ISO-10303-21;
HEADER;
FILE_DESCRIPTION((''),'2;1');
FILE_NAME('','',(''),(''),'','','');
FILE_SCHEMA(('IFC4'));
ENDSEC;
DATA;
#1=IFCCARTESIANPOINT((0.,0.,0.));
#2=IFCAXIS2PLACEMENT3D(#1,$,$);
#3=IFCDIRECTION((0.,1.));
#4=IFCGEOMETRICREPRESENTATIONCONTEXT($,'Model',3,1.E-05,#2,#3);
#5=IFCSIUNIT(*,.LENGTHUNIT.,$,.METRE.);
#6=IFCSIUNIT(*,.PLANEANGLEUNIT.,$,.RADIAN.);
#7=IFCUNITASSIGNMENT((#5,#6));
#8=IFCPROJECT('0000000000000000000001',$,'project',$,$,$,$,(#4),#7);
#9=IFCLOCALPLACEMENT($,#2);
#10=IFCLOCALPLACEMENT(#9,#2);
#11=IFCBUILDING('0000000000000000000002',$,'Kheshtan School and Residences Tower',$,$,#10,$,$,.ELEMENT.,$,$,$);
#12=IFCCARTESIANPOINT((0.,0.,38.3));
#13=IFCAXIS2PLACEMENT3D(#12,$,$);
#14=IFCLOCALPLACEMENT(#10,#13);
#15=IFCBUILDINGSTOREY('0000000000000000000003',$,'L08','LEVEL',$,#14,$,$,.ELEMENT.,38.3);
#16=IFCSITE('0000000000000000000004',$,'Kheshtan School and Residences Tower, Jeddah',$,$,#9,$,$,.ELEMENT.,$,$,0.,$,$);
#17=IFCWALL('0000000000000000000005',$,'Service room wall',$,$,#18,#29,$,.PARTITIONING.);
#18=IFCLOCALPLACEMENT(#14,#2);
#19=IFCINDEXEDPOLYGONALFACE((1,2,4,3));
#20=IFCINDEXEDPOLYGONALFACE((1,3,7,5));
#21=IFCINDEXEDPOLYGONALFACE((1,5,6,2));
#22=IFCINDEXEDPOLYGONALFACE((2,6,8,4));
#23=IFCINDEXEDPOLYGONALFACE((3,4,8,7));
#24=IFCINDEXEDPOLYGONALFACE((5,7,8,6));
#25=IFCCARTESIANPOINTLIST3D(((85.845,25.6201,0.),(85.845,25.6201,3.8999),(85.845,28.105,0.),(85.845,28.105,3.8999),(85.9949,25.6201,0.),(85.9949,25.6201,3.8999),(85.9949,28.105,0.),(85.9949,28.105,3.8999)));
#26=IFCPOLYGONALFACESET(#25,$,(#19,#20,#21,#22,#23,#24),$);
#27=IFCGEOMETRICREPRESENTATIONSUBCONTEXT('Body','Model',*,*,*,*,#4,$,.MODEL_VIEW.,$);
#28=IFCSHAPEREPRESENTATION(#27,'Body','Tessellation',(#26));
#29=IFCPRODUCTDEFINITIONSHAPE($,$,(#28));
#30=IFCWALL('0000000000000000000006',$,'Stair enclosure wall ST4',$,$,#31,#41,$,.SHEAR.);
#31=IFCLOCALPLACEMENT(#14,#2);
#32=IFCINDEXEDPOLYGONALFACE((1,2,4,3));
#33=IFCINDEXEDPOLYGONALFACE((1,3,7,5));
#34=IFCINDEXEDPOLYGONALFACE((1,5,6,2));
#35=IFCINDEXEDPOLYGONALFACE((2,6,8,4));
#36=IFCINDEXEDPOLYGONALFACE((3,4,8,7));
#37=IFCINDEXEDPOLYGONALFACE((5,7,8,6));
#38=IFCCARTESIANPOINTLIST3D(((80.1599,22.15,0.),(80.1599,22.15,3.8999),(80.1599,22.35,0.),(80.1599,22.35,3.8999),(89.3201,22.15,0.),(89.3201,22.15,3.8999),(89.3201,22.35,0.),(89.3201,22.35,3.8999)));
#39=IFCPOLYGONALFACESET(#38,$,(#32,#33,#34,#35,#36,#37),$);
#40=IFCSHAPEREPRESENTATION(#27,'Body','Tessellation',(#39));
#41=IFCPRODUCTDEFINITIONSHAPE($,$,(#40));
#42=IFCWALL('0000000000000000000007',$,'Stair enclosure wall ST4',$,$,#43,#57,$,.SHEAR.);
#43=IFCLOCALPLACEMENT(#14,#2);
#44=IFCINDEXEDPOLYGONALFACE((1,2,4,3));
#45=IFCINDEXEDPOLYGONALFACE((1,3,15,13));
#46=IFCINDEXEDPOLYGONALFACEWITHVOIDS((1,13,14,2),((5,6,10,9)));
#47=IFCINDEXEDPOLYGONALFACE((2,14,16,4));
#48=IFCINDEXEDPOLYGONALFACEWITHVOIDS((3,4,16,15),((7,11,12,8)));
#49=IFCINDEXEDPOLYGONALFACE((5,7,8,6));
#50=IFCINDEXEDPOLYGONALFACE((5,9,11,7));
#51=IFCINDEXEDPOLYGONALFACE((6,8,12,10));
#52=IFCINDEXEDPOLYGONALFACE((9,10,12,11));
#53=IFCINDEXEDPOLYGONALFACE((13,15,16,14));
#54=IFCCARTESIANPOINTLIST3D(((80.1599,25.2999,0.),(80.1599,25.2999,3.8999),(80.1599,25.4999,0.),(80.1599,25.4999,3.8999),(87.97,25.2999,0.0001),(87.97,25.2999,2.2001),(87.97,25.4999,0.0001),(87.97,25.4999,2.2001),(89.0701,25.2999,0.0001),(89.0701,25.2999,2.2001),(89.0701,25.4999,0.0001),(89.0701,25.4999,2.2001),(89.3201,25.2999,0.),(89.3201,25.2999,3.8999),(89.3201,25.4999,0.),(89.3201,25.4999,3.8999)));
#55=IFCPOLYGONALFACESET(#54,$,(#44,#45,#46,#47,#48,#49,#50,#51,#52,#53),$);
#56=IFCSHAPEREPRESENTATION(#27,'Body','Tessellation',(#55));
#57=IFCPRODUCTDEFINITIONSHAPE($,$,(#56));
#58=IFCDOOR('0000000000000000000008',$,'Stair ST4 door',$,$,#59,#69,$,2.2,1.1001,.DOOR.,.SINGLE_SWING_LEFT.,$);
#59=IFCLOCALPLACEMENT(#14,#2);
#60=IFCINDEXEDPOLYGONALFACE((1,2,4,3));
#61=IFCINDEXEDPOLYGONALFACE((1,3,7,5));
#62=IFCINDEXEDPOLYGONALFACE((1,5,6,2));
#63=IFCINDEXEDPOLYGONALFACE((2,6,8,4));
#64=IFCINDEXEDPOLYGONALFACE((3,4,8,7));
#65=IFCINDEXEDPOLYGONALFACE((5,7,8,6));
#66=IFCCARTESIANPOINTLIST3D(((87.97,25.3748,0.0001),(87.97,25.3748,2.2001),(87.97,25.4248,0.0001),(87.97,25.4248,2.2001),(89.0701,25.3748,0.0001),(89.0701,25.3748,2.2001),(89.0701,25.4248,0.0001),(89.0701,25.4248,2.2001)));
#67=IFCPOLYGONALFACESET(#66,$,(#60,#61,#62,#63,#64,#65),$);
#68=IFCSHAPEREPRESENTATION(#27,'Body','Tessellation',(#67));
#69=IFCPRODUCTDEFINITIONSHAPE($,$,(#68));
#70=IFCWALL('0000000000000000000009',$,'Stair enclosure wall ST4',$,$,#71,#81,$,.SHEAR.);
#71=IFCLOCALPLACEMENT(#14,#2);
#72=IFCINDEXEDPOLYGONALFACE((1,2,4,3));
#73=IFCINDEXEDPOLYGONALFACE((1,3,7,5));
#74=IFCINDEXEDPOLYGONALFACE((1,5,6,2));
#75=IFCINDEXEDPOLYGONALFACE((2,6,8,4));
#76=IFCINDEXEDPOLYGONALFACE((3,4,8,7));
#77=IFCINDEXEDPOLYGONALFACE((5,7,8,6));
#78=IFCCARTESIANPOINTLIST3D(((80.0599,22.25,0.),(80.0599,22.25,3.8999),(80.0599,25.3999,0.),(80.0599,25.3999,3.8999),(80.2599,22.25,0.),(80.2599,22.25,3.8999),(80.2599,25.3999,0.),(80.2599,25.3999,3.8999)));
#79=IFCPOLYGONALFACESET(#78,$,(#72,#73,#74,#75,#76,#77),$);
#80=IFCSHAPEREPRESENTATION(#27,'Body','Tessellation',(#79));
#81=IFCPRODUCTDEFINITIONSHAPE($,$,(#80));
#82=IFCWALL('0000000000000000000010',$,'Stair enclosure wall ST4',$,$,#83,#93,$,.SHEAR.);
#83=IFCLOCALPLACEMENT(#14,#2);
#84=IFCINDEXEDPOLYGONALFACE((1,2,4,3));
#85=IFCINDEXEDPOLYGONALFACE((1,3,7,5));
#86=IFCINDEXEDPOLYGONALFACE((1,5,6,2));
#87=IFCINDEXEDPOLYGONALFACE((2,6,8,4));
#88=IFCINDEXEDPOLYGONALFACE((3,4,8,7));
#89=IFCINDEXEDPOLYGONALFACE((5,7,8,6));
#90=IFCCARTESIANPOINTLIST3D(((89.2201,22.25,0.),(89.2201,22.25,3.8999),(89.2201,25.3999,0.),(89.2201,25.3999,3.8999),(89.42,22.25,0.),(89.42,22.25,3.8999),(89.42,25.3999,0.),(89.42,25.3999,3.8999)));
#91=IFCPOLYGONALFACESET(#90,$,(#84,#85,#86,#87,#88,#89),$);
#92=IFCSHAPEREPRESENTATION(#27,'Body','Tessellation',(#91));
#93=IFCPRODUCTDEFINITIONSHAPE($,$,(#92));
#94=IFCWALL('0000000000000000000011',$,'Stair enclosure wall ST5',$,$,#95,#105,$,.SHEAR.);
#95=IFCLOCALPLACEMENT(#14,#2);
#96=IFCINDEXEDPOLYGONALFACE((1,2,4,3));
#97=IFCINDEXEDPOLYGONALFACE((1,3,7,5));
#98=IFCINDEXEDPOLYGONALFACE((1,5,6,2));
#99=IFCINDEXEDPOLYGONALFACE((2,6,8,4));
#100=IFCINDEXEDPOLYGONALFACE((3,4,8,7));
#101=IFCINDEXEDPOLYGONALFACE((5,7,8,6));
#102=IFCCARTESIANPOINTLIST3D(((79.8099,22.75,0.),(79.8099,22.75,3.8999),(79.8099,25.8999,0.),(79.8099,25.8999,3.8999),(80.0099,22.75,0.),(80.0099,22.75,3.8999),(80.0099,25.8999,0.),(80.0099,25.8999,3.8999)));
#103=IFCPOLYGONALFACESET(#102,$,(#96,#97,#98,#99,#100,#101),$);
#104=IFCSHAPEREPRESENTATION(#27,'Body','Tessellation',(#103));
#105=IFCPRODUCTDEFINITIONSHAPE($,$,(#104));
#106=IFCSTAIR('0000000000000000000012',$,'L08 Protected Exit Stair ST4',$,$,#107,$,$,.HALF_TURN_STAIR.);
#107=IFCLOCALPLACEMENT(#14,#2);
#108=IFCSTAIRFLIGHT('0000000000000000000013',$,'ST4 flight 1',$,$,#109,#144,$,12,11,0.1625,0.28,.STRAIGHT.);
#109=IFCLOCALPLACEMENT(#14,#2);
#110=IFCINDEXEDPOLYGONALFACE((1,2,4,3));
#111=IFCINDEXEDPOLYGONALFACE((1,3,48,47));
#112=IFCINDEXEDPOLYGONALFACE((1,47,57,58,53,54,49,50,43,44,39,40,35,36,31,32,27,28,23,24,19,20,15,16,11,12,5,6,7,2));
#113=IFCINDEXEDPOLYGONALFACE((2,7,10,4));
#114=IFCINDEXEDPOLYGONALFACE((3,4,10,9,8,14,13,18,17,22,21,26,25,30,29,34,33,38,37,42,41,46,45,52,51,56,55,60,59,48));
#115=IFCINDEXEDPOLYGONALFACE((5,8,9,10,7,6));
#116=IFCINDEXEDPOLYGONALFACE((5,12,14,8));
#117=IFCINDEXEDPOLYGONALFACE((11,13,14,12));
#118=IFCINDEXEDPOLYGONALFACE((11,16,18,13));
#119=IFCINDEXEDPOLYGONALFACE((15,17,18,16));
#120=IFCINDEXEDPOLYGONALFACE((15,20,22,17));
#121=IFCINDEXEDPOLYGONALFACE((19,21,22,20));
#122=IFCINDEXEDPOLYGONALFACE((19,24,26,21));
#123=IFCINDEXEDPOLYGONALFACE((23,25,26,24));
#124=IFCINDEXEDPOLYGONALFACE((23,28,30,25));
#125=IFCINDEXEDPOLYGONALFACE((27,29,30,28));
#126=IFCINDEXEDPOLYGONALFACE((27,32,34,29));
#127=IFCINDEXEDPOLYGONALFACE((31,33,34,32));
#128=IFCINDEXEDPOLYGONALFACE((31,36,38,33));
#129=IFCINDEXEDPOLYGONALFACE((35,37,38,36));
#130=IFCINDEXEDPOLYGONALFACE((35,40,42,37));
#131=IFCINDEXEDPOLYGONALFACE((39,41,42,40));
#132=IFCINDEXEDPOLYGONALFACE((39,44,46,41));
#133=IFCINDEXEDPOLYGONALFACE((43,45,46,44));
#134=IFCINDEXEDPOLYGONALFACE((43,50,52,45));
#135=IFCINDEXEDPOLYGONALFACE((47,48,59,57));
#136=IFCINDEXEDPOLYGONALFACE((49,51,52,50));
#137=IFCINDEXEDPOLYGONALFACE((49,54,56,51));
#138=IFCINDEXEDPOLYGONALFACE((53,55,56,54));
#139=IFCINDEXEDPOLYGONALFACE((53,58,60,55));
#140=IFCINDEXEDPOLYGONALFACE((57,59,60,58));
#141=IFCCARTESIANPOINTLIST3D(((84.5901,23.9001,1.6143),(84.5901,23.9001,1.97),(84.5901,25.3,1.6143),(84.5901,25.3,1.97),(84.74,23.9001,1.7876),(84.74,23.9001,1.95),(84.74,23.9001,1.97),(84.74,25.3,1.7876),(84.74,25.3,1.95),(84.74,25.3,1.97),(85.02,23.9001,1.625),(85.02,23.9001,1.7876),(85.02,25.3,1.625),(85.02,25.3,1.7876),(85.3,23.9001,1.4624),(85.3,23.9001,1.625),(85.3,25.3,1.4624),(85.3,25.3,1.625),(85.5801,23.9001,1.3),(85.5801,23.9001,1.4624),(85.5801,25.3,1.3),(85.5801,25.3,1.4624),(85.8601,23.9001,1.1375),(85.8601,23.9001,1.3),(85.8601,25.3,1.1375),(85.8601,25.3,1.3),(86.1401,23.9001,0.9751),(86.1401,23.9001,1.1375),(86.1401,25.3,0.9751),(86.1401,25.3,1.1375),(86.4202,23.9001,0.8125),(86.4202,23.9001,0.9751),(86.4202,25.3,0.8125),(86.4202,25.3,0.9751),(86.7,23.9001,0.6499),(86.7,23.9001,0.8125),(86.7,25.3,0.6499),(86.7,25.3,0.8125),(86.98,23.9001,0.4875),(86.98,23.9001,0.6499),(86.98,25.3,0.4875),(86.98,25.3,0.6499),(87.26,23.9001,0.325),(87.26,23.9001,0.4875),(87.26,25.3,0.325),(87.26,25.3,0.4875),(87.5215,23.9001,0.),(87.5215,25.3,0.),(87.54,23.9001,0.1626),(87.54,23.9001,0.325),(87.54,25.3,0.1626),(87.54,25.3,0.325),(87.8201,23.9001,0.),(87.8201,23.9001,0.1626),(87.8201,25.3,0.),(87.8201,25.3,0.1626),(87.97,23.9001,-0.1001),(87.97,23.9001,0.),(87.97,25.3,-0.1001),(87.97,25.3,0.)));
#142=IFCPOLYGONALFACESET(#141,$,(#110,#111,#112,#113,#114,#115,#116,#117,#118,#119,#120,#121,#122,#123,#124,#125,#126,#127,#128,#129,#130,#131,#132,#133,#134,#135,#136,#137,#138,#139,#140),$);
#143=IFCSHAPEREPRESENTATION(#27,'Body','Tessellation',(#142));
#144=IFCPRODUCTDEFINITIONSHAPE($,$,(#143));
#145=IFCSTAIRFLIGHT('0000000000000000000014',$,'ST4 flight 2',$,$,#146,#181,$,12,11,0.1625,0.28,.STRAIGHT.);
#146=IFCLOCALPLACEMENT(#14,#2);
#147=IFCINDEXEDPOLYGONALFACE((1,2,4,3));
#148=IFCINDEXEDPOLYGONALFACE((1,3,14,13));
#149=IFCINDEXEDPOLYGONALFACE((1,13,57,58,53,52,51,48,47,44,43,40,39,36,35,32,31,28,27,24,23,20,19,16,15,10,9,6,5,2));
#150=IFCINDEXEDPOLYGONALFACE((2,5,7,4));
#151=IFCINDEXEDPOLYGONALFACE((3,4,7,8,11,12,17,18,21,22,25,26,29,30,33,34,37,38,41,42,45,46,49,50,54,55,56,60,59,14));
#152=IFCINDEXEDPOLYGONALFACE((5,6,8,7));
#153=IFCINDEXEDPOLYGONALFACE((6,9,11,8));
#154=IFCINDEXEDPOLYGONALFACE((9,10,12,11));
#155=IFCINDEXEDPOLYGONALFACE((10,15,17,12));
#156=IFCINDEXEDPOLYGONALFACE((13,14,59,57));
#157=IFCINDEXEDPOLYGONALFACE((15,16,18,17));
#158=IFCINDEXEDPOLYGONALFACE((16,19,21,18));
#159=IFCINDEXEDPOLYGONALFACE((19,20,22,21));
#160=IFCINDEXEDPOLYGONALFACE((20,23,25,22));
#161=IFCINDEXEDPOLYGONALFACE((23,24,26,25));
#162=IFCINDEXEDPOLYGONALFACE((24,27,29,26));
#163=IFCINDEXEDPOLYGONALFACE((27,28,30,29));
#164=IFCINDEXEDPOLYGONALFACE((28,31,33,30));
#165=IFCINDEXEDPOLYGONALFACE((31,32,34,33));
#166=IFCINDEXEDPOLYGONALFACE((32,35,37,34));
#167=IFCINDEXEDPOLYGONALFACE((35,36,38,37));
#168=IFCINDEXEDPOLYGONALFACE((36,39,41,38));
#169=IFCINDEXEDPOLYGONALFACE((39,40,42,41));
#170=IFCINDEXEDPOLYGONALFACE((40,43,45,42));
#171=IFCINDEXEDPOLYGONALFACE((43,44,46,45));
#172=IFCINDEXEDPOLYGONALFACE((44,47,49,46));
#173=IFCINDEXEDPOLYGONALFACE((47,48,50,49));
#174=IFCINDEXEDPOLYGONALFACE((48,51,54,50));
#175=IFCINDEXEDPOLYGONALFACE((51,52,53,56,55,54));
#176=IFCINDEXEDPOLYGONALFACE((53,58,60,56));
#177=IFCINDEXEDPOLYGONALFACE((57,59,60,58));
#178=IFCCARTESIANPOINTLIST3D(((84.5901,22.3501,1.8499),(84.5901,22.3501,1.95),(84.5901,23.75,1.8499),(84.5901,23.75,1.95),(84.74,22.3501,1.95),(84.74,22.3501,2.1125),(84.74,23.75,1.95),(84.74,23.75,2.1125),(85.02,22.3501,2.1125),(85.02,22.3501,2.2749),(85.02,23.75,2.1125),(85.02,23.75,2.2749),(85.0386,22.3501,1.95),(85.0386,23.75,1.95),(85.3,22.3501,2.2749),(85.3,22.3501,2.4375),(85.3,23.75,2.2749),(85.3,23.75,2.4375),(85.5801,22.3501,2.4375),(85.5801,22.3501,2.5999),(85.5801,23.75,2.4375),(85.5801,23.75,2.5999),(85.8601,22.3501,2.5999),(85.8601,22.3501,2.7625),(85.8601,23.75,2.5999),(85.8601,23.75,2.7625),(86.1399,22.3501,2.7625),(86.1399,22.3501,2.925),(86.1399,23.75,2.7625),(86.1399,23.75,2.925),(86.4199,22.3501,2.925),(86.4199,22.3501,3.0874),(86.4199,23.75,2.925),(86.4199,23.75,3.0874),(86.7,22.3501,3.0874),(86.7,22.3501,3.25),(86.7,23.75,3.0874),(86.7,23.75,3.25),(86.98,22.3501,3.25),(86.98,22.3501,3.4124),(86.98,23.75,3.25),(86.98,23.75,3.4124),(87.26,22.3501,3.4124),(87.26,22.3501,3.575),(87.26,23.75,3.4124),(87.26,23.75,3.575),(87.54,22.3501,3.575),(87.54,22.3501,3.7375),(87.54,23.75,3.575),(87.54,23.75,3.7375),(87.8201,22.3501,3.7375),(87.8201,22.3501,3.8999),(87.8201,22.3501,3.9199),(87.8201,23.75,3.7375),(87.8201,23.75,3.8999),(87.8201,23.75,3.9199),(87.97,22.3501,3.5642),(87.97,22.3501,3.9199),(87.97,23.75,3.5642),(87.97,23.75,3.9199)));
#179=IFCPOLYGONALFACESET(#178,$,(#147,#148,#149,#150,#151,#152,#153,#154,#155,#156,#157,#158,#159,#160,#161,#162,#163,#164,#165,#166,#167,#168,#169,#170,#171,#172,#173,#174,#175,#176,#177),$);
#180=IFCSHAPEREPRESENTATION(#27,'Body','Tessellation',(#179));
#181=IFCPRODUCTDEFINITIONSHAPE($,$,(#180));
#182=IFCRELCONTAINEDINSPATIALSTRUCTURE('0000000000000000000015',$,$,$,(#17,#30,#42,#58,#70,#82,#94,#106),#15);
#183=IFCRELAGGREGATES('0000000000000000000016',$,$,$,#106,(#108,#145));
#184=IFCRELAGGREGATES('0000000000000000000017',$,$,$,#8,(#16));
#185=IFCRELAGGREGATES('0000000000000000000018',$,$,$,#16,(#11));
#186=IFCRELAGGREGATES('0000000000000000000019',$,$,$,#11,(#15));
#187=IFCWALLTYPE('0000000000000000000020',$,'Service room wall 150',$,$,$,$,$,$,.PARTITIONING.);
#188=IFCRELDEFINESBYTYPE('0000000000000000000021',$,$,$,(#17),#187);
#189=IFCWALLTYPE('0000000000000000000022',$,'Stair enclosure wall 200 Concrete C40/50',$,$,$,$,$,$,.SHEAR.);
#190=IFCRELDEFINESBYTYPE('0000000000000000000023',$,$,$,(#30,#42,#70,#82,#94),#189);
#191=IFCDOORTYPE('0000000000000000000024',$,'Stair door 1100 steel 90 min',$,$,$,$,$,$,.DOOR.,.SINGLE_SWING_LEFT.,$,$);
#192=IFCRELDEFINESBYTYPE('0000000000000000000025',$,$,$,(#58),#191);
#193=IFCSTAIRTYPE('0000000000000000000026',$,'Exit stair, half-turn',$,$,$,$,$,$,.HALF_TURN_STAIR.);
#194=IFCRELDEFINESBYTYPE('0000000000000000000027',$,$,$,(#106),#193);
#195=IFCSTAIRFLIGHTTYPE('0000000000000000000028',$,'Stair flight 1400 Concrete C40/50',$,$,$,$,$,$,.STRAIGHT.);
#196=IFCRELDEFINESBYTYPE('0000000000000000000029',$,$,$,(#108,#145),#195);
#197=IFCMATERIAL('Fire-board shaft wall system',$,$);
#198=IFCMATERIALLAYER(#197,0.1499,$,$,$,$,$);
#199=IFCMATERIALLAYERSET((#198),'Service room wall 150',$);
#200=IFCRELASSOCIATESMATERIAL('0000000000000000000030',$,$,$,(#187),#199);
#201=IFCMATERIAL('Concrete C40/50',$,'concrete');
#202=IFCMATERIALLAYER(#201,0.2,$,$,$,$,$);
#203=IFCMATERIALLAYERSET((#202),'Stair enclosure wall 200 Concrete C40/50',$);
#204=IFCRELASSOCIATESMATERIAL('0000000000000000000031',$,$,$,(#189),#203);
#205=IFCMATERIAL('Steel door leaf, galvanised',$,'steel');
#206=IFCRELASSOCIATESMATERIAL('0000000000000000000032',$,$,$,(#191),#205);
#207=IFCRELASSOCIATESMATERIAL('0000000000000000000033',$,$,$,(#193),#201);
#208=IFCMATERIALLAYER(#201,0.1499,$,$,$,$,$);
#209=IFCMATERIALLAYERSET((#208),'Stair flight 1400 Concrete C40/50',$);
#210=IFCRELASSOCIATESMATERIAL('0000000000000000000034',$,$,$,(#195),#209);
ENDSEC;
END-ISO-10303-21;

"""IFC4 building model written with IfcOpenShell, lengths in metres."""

from ifc_helpers import new_model, si_unit, direction, frame, frame_2d, origin, place, context, subcontext, project, spatial, polyline, rectangle, outline, extrude, source, transform, mapped, material, layer, layer_set, type_object, element, fill, aggregate, save


model = new_model("IFC4")

# Units and contexts
model_context = context("Model", 3, precision=1e-05, world=origin(), true_north=direction((0.0, 1.0)))
body_context = subcontext(model_context, "Body", "Model", "MODEL_VIEW")
ifc_project = project(units=[si_unit("LENGTHUNIT", "METRE"), si_unit("PLANEANGLEUNIT", "RADIAN")], contexts=[model_context])

# Site, building, storey
site_placement = place(None, origin())
site = spatial("IfcSite", under=ifc_project, at=site_placement, Name="Kheshtan School and Residences Tower, Jeddah", CompositionType="ELEMENT", RefElevation=0.0)
building_placement = place(site_placement, origin())
building = spatial("IfcBuilding", under=site, at=building_placement, Name="Kheshtan School and Residences Tower", CompositionType="ELEMENT")
storey_placement = place(building_placement, frame((0.0, 0.0, 38.3)))
storey = spatial("IfcBuildingStorey", under=building, at=storey_placement, Name="L08", Description="LEVEL", CompositionType="ELEMENT", Elevation=38.3)

# Walls
ifc_material_1 = material(Name="Fire-board shaft wall system")
ifc_layer_1 = layer(ifc_material_1, 0.1499)
ifc_layer_set_1 = layer_set([ifc_layer_1], Name="Service room wall 150")
wall_type_1 = type_object("IfcWallType", Name="Service room wall 150", PredefinedType="PARTITIONING", material=ifc_layer_set_1)
wall_1_placement = place(storey_placement, frame((85.9199, 25.6201, 0.0), z_axis=(0.0, 0.0, 1.0), x_axis=(0.0, 1.0, 0.0)))
element("IfcWall", 1, at=wall_1_placement, inside=storey, type_object=wall_type_1, Name="Service room wall", PredefinedType="PARTITIONING", context=body_context, shape_type="SweptSolid", body=[
    extrude(rectangle(XDim=2.4849, YDim=0.1499, at=frame_2d((1.2424, 0.0))), origin(), (0.0, 0.0, 1.0), 3.8999),
])
ifc_material_2 = material(Name="Concrete C40/50", Category="concrete")
ifc_layer_2 = layer(ifc_material_2, 0.2)
ifc_layer_set_2 = layer_set([ifc_layer_2], Name="Stair enclosure wall 200 Concrete C40/50")
wall_type_2 = type_object("IfcWallType", Name="Stair enclosure wall 200 Concrete C40/50", PredefinedType="SHEAR", material=ifc_layer_set_2)
wall_2_placement = place(storey_placement, frame((80.1599, 22.25, 0.0), z_axis=(0.0, 0.0, 1.0), x_axis=(1.0, 0.0, 0.0)))
element("IfcWall", 2, at=wall_2_placement, inside=storey, type_object=wall_type_2, Name="Stair enclosure wall ST4", PredefinedType="SHEAR", context=body_context, shape_type="SweptSolid", body=[
    extrude(rectangle(XDim=9.1602, YDim=0.2, at=frame_2d((4.5801, 0.0))), origin(), (0.0, 0.0, 1.0), 3.8999),
])

# Wall, opening, door
wall_3_placement = place(storey_placement, frame((80.1599, 25.3999, 0.0), z_axis=(0.0, 0.0, 1.0), x_axis=(1.0, 0.0, 0.0)))
wall_3 = element("IfcWall", 3, at=wall_3_placement, inside=storey, type_object=wall_type_2, Name="Stair enclosure wall ST4", PredefinedType="SHEAR", context=body_context, shape_type="SweptSolid", body=[
    extrude(rectangle(XDim=9.1602, YDim=0.2, at=frame_2d((4.5801, 0.0))), origin(), (0.0, 0.0, 1.0), 3.8999),
])
opening_placement = place(wall_3_placement, frame((7.8101, 0.0, 0.0)))
opening = element("IfcOpeningElement", 4, at=opening_placement, cuts=wall_3, PredefinedType="OPENING", context=body_context, shape_type="SweptSolid", body=[
    extrude(rectangle(XDim=1.1001, YDim=2.2, at=frame_2d((0.55, 1.1001))), frame((0.0, 0.1099, 0.0), z_axis=(0.0, -1.0, 0.0), x_axis=(1.0, 0.0, 0.0)), (0.0, 0.0, 1.0), 0.22),
])
ifc_material_3 = material(Name="Steel door leaf, galvanised", Category="steel")
door_type = type_object("IfcDoorType", Name="Stair door 1100 steel 90 min", OperationType="SINGLE_SWING_LEFT", PredefinedType="DOOR", material=ifc_material_3)
shared_shape = source(origin(), body_context, "Body", "SweptSolid", [
    extrude(rectangle(XDim=1.1001, YDim=2.2, at=frame_2d((0.55, 1.1001))), frame((0.0, 0.0249, 0.0), z_axis=(0.0, -1.0, 0.0), x_axis=(1.0, 0.0, 0.0)), (0.0, 0.0, 1.0), 0.05),
])
door_placement = place(opening_placement, origin())
door = element("IfcDoor", 5, at=door_placement, inside=storey, type_object=door_type, Name="Stair ST4 door", OperationType="SINGLE_SWING_LEFT", OverallHeight=2.2, OverallWidth=1.1001, PredefinedType="DOOR", context=body_context, shape_type="MappedRepresentation", body=[
    mapped(shared_shape, transform((0.0, 0.0, 0.0), x_axis=(1.0, 0.0, 0.0), y_axis=(0.0, 1.0, 0.0), z_axis=(0.0, 0.0, 1.0), scale=1.0)),
])
fill(opening, door)

# Walls
for number, where, z_axis, x_axis, name in (
    (6, (80.1599, 22.25, 0.0), (0.0, 0.0, 1.0), (0.0, 1.0, 0.0), "Stair enclosure wall ST4"),
    (7, (89.3201, 22.25, 0.0), (0.0, 0.0, 1.0), (0.0, 1.0, 0.0), "Stair enclosure wall ST4"),
    (8, (79.9099, 22.75, 0.0), (0.0, 0.0, 1.0), (0.0, 1.0, 0.0), "Stair enclosure wall ST5"),
):
    element("IfcWall", number, at=place(storey_placement, frame(where, z_axis=z_axis, x_axis=x_axis)), inside=storey, type_object=wall_type_2, Name=name, PredefinedType="SHEAR", context=body_context, shape_type="SweptSolid", body=[
        extrude(rectangle(XDim=3.1499, YDim=0.2, at=frame_2d((1.575, 0.0))), origin(), (0.0, 0.0, 1.0), 3.8999),
    ])

# Stair, stair flights
stair_type = type_object("IfcStairType", Name="Exit stair, half-turn", PredefinedType="HALF_TURN_STAIR", material=ifc_material_2)
stair_placement = place(storey_placement, origin())
stair = element("IfcStair", 9, at=stair_placement, inside=storey, type_object=stair_type, Name="L08 Protected Exit Stair ST4", PredefinedType="HALF_TURN_STAIR")
ifc_layer_3 = layer(ifc_material_2, 0.1499)
ifc_layer_set_3 = layer_set([ifc_layer_3], Name="Stair flight 1400 Concrete C40/50")
stair_flight_type = type_object("IfcStairFlightType", Name="Stair flight 1400 Concrete C40/50", PredefinedType="STRAIGHT", material=ifc_layer_set_3)
stair_flight_1_placement = place(storey_placement, frame((87.8201, 24.6001, 0.0), z_axis=(0.0, 0.0, 1.0), x_axis=(-1.0, 0.0, 0.0)))
stair_flight_1 = element("IfcStairFlight", 10, at=stair_flight_1_placement, type_object=stair_flight_type, Name="ST4 flight 1", NumberOfRisers=12, NumberOfTreads=11, PredefinedType="STRAIGHT", RiserHeight=0.1625, TreadLength=0.28, context=body_context, shape_type="SweptSolid", body=[
    extrude(outline(polyline([(-0.1499, -0.1001), (-0.1499, 0.0), (0.0, 0.0), (0.0, 0.1626), (0.28, 0.1626), (0.28, 0.325), (0.5601, 0.325), (0.5601, 0.4875), (0.8401, 0.4875), (0.8401, 0.6499), (1.1201, 0.6499), (1.1201, 0.8125), (1.3999, 0.8125), (1.3999, 0.9751), (1.6799, 0.9751), (1.6799, 1.1375), (1.96, 1.1375), (1.96, 1.3), (2.24, 1.3), (2.24, 1.4624), (2.52, 1.4624), (2.52, 1.625), (2.8, 1.625), (2.8, 1.7876), (3.0801, 1.7876), (3.0801, 1.95), (3.0801, 1.97), (3.23, 1.97), (3.23, 1.6143), (0.2986, 0.0), (-0.1499, -0.1001)])), frame((0.0, 0.7, 0.0), z_axis=(0.0, -1.0, 0.0), x_axis=(1.0, 0.0, 0.0)), (0.0, 0.0, 1.0), 1.3999),
])
stair_flight_2_placement = place(storey_placement, frame((84.74, 23.05, 1.95), z_axis=(0.0, 0.0, 1.0), x_axis=(1.0, 0.0, 0.0)))
stair_flight_2 = element("IfcStairFlight", 11, at=stair_flight_2_placement, type_object=stair_flight_type, Name="ST4 flight 2", NumberOfRisers=12, NumberOfTreads=11, PredefinedType="STRAIGHT", RiserHeight=0.1625, TreadLength=0.28, context=body_context, shape_type="SweptSolid", body=[
    extrude(outline(polyline([(-0.1499, -0.1001), (-0.1499, 0.0), (0.0, 0.0), (0.0, 0.1626), (0.28, 0.1626), (0.28, 0.325), (0.5601, 0.325), (0.5601, 0.4875), (0.8401, 0.4875), (0.8401, 0.6499), (1.1201, 0.6499), (1.1201, 0.8125), (1.3999, 0.8125), (1.3999, 0.9751), (1.6799, 0.9751), (1.6799, 1.1375), (1.96, 1.1375), (1.96, 1.3), (2.24, 1.3), (2.24, 1.4624), (2.52, 1.4624), (2.52, 1.625), (2.8, 1.625), (2.8, 1.7876), (3.0801, 1.7876), (3.0801, 1.95), (3.0801, 1.97), (3.23, 1.97), (3.23, 1.6143), (0.2986, 0.0), (-0.1499, -0.1001)])), frame((0.0, 0.7, 0.0), z_axis=(0.0, -1.0, 0.0), x_axis=(1.0, 0.0, 0.0)), (0.0, 0.0, 1.0), 1.3999),
])
aggregate(stair, [stair_flight_1, stair_flight_2])

save(model, "model.ifc")
